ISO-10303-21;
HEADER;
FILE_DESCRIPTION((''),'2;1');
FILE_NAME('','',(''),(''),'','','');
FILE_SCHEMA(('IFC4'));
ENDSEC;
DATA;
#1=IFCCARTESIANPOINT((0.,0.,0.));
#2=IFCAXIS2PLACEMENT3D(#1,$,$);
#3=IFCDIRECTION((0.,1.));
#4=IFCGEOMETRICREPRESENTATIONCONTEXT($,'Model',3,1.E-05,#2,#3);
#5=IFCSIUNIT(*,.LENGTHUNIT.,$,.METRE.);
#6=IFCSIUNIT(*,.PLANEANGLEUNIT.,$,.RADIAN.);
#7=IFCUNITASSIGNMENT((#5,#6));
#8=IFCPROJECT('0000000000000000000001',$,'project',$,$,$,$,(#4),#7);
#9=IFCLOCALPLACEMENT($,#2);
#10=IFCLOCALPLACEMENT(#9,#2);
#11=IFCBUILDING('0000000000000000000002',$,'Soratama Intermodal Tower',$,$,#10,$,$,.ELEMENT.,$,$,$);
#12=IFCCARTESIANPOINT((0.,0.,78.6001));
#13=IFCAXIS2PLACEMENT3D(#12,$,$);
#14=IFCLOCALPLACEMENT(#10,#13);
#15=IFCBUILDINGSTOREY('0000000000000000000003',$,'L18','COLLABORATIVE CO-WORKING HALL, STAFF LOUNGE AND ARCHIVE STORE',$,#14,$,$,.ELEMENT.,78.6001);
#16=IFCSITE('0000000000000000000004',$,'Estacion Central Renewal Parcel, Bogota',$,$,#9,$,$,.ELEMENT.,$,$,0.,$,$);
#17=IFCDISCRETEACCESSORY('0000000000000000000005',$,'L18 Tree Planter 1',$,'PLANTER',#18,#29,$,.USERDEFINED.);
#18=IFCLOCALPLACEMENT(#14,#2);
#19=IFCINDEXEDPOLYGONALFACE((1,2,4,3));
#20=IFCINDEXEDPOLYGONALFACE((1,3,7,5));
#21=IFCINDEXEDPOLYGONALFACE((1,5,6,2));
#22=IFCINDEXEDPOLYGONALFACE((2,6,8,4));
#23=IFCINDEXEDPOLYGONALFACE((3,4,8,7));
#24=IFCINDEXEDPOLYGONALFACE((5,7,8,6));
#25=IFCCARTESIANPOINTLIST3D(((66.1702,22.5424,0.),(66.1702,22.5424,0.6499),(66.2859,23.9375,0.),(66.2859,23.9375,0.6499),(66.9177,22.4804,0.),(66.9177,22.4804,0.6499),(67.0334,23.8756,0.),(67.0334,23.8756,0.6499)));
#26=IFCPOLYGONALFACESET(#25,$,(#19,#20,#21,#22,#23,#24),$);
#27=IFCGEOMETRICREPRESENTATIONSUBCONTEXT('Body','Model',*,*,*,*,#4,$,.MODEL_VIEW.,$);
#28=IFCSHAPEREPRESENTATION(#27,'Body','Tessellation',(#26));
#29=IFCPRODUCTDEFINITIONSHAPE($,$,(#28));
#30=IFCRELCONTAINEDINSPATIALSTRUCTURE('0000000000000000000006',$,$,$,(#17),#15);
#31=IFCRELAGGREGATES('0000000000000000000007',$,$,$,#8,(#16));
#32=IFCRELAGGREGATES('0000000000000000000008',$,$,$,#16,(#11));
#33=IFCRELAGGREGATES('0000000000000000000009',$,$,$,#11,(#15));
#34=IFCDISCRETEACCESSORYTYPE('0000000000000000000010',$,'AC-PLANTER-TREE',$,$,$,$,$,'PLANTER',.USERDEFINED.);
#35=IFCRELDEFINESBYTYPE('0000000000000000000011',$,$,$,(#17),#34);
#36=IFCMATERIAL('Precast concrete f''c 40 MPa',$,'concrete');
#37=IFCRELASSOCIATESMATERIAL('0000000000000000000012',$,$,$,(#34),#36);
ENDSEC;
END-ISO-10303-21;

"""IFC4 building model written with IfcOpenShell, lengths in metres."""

from ifc_helpers import new_model, si_unit, direction, frame, origin, origin_2d, place, context, subcontext, project, spatial, rectangle, extrude, material, type_object, element, save


model = new_model("IFC4")

# Units and contexts
model_context = context("Model", 3, precision=1e-05, world=origin(), true_north=direction((0.0, 1.0)))
body_context = subcontext(model_context, "Body", "Model", "MODEL_VIEW")
ifc_project = project(units=[si_unit("LENGTHUNIT", "METRE"), si_unit("PLANEANGLEUNIT", "RADIAN")], contexts=[model_context])

# Site, building, storey
site_placement = place(None, origin())
site = spatial("IfcSite", under=ifc_project, at=site_placement, Name="Estacion Central Renewal Parcel, Bogota", CompositionType="ELEMENT", RefElevation=0.0)
building_placement = place(site_placement, origin())
building = spatial("IfcBuilding", under=site, at=building_placement, Name="Soratama Intermodal Tower", CompositionType="ELEMENT")
storey_placement = place(building_placement, frame((0.0, 0.0, 78.6001)))
storey = spatial("IfcBuildingStorey", under=building, at=storey_placement, Name="L18", Description="COLLABORATIVE CO-WORKING HALL, STAFF LOUNGE AND ARCHIVE STORE", CompositionType="ELEMENT", Elevation=78.6001)

# Discrete accessory
ifc_material_1 = material(Name="Precast concrete f'c 40 MPa", Category="concrete")
discrete_accessory_type_1 = type_object("IfcDiscreteAccessoryType", Name="AC-PLANTER-TREE", ElementType="PLANTER", PredefinedType="USERDEFINED", material=ifc_material_1)
discrete_accessory_1_placement = place(storey_placement, frame((66.6018, 23.209, 0.0), z_axis=(0.0, 0.0, 1.0), x_axis=(0.99658, -0.082634, 0.0)))
element("IfcDiscreteAccessory", 1, at=discrete_accessory_1_placement, inside=storey, type_object=discrete_accessory_type_1, Name="L18 Tree Planter 1", ObjectType="PLANTER", PredefinedType="USERDEFINED", context=body_context, shape_type="SweptSolid", body=[
    extrude(rectangle(XDim=0.75, YDim=1.3999, at=origin_2d()), origin(), (0.0, 0.0, 1.0), 0.6499),
])

save(model, "model.ifc")
